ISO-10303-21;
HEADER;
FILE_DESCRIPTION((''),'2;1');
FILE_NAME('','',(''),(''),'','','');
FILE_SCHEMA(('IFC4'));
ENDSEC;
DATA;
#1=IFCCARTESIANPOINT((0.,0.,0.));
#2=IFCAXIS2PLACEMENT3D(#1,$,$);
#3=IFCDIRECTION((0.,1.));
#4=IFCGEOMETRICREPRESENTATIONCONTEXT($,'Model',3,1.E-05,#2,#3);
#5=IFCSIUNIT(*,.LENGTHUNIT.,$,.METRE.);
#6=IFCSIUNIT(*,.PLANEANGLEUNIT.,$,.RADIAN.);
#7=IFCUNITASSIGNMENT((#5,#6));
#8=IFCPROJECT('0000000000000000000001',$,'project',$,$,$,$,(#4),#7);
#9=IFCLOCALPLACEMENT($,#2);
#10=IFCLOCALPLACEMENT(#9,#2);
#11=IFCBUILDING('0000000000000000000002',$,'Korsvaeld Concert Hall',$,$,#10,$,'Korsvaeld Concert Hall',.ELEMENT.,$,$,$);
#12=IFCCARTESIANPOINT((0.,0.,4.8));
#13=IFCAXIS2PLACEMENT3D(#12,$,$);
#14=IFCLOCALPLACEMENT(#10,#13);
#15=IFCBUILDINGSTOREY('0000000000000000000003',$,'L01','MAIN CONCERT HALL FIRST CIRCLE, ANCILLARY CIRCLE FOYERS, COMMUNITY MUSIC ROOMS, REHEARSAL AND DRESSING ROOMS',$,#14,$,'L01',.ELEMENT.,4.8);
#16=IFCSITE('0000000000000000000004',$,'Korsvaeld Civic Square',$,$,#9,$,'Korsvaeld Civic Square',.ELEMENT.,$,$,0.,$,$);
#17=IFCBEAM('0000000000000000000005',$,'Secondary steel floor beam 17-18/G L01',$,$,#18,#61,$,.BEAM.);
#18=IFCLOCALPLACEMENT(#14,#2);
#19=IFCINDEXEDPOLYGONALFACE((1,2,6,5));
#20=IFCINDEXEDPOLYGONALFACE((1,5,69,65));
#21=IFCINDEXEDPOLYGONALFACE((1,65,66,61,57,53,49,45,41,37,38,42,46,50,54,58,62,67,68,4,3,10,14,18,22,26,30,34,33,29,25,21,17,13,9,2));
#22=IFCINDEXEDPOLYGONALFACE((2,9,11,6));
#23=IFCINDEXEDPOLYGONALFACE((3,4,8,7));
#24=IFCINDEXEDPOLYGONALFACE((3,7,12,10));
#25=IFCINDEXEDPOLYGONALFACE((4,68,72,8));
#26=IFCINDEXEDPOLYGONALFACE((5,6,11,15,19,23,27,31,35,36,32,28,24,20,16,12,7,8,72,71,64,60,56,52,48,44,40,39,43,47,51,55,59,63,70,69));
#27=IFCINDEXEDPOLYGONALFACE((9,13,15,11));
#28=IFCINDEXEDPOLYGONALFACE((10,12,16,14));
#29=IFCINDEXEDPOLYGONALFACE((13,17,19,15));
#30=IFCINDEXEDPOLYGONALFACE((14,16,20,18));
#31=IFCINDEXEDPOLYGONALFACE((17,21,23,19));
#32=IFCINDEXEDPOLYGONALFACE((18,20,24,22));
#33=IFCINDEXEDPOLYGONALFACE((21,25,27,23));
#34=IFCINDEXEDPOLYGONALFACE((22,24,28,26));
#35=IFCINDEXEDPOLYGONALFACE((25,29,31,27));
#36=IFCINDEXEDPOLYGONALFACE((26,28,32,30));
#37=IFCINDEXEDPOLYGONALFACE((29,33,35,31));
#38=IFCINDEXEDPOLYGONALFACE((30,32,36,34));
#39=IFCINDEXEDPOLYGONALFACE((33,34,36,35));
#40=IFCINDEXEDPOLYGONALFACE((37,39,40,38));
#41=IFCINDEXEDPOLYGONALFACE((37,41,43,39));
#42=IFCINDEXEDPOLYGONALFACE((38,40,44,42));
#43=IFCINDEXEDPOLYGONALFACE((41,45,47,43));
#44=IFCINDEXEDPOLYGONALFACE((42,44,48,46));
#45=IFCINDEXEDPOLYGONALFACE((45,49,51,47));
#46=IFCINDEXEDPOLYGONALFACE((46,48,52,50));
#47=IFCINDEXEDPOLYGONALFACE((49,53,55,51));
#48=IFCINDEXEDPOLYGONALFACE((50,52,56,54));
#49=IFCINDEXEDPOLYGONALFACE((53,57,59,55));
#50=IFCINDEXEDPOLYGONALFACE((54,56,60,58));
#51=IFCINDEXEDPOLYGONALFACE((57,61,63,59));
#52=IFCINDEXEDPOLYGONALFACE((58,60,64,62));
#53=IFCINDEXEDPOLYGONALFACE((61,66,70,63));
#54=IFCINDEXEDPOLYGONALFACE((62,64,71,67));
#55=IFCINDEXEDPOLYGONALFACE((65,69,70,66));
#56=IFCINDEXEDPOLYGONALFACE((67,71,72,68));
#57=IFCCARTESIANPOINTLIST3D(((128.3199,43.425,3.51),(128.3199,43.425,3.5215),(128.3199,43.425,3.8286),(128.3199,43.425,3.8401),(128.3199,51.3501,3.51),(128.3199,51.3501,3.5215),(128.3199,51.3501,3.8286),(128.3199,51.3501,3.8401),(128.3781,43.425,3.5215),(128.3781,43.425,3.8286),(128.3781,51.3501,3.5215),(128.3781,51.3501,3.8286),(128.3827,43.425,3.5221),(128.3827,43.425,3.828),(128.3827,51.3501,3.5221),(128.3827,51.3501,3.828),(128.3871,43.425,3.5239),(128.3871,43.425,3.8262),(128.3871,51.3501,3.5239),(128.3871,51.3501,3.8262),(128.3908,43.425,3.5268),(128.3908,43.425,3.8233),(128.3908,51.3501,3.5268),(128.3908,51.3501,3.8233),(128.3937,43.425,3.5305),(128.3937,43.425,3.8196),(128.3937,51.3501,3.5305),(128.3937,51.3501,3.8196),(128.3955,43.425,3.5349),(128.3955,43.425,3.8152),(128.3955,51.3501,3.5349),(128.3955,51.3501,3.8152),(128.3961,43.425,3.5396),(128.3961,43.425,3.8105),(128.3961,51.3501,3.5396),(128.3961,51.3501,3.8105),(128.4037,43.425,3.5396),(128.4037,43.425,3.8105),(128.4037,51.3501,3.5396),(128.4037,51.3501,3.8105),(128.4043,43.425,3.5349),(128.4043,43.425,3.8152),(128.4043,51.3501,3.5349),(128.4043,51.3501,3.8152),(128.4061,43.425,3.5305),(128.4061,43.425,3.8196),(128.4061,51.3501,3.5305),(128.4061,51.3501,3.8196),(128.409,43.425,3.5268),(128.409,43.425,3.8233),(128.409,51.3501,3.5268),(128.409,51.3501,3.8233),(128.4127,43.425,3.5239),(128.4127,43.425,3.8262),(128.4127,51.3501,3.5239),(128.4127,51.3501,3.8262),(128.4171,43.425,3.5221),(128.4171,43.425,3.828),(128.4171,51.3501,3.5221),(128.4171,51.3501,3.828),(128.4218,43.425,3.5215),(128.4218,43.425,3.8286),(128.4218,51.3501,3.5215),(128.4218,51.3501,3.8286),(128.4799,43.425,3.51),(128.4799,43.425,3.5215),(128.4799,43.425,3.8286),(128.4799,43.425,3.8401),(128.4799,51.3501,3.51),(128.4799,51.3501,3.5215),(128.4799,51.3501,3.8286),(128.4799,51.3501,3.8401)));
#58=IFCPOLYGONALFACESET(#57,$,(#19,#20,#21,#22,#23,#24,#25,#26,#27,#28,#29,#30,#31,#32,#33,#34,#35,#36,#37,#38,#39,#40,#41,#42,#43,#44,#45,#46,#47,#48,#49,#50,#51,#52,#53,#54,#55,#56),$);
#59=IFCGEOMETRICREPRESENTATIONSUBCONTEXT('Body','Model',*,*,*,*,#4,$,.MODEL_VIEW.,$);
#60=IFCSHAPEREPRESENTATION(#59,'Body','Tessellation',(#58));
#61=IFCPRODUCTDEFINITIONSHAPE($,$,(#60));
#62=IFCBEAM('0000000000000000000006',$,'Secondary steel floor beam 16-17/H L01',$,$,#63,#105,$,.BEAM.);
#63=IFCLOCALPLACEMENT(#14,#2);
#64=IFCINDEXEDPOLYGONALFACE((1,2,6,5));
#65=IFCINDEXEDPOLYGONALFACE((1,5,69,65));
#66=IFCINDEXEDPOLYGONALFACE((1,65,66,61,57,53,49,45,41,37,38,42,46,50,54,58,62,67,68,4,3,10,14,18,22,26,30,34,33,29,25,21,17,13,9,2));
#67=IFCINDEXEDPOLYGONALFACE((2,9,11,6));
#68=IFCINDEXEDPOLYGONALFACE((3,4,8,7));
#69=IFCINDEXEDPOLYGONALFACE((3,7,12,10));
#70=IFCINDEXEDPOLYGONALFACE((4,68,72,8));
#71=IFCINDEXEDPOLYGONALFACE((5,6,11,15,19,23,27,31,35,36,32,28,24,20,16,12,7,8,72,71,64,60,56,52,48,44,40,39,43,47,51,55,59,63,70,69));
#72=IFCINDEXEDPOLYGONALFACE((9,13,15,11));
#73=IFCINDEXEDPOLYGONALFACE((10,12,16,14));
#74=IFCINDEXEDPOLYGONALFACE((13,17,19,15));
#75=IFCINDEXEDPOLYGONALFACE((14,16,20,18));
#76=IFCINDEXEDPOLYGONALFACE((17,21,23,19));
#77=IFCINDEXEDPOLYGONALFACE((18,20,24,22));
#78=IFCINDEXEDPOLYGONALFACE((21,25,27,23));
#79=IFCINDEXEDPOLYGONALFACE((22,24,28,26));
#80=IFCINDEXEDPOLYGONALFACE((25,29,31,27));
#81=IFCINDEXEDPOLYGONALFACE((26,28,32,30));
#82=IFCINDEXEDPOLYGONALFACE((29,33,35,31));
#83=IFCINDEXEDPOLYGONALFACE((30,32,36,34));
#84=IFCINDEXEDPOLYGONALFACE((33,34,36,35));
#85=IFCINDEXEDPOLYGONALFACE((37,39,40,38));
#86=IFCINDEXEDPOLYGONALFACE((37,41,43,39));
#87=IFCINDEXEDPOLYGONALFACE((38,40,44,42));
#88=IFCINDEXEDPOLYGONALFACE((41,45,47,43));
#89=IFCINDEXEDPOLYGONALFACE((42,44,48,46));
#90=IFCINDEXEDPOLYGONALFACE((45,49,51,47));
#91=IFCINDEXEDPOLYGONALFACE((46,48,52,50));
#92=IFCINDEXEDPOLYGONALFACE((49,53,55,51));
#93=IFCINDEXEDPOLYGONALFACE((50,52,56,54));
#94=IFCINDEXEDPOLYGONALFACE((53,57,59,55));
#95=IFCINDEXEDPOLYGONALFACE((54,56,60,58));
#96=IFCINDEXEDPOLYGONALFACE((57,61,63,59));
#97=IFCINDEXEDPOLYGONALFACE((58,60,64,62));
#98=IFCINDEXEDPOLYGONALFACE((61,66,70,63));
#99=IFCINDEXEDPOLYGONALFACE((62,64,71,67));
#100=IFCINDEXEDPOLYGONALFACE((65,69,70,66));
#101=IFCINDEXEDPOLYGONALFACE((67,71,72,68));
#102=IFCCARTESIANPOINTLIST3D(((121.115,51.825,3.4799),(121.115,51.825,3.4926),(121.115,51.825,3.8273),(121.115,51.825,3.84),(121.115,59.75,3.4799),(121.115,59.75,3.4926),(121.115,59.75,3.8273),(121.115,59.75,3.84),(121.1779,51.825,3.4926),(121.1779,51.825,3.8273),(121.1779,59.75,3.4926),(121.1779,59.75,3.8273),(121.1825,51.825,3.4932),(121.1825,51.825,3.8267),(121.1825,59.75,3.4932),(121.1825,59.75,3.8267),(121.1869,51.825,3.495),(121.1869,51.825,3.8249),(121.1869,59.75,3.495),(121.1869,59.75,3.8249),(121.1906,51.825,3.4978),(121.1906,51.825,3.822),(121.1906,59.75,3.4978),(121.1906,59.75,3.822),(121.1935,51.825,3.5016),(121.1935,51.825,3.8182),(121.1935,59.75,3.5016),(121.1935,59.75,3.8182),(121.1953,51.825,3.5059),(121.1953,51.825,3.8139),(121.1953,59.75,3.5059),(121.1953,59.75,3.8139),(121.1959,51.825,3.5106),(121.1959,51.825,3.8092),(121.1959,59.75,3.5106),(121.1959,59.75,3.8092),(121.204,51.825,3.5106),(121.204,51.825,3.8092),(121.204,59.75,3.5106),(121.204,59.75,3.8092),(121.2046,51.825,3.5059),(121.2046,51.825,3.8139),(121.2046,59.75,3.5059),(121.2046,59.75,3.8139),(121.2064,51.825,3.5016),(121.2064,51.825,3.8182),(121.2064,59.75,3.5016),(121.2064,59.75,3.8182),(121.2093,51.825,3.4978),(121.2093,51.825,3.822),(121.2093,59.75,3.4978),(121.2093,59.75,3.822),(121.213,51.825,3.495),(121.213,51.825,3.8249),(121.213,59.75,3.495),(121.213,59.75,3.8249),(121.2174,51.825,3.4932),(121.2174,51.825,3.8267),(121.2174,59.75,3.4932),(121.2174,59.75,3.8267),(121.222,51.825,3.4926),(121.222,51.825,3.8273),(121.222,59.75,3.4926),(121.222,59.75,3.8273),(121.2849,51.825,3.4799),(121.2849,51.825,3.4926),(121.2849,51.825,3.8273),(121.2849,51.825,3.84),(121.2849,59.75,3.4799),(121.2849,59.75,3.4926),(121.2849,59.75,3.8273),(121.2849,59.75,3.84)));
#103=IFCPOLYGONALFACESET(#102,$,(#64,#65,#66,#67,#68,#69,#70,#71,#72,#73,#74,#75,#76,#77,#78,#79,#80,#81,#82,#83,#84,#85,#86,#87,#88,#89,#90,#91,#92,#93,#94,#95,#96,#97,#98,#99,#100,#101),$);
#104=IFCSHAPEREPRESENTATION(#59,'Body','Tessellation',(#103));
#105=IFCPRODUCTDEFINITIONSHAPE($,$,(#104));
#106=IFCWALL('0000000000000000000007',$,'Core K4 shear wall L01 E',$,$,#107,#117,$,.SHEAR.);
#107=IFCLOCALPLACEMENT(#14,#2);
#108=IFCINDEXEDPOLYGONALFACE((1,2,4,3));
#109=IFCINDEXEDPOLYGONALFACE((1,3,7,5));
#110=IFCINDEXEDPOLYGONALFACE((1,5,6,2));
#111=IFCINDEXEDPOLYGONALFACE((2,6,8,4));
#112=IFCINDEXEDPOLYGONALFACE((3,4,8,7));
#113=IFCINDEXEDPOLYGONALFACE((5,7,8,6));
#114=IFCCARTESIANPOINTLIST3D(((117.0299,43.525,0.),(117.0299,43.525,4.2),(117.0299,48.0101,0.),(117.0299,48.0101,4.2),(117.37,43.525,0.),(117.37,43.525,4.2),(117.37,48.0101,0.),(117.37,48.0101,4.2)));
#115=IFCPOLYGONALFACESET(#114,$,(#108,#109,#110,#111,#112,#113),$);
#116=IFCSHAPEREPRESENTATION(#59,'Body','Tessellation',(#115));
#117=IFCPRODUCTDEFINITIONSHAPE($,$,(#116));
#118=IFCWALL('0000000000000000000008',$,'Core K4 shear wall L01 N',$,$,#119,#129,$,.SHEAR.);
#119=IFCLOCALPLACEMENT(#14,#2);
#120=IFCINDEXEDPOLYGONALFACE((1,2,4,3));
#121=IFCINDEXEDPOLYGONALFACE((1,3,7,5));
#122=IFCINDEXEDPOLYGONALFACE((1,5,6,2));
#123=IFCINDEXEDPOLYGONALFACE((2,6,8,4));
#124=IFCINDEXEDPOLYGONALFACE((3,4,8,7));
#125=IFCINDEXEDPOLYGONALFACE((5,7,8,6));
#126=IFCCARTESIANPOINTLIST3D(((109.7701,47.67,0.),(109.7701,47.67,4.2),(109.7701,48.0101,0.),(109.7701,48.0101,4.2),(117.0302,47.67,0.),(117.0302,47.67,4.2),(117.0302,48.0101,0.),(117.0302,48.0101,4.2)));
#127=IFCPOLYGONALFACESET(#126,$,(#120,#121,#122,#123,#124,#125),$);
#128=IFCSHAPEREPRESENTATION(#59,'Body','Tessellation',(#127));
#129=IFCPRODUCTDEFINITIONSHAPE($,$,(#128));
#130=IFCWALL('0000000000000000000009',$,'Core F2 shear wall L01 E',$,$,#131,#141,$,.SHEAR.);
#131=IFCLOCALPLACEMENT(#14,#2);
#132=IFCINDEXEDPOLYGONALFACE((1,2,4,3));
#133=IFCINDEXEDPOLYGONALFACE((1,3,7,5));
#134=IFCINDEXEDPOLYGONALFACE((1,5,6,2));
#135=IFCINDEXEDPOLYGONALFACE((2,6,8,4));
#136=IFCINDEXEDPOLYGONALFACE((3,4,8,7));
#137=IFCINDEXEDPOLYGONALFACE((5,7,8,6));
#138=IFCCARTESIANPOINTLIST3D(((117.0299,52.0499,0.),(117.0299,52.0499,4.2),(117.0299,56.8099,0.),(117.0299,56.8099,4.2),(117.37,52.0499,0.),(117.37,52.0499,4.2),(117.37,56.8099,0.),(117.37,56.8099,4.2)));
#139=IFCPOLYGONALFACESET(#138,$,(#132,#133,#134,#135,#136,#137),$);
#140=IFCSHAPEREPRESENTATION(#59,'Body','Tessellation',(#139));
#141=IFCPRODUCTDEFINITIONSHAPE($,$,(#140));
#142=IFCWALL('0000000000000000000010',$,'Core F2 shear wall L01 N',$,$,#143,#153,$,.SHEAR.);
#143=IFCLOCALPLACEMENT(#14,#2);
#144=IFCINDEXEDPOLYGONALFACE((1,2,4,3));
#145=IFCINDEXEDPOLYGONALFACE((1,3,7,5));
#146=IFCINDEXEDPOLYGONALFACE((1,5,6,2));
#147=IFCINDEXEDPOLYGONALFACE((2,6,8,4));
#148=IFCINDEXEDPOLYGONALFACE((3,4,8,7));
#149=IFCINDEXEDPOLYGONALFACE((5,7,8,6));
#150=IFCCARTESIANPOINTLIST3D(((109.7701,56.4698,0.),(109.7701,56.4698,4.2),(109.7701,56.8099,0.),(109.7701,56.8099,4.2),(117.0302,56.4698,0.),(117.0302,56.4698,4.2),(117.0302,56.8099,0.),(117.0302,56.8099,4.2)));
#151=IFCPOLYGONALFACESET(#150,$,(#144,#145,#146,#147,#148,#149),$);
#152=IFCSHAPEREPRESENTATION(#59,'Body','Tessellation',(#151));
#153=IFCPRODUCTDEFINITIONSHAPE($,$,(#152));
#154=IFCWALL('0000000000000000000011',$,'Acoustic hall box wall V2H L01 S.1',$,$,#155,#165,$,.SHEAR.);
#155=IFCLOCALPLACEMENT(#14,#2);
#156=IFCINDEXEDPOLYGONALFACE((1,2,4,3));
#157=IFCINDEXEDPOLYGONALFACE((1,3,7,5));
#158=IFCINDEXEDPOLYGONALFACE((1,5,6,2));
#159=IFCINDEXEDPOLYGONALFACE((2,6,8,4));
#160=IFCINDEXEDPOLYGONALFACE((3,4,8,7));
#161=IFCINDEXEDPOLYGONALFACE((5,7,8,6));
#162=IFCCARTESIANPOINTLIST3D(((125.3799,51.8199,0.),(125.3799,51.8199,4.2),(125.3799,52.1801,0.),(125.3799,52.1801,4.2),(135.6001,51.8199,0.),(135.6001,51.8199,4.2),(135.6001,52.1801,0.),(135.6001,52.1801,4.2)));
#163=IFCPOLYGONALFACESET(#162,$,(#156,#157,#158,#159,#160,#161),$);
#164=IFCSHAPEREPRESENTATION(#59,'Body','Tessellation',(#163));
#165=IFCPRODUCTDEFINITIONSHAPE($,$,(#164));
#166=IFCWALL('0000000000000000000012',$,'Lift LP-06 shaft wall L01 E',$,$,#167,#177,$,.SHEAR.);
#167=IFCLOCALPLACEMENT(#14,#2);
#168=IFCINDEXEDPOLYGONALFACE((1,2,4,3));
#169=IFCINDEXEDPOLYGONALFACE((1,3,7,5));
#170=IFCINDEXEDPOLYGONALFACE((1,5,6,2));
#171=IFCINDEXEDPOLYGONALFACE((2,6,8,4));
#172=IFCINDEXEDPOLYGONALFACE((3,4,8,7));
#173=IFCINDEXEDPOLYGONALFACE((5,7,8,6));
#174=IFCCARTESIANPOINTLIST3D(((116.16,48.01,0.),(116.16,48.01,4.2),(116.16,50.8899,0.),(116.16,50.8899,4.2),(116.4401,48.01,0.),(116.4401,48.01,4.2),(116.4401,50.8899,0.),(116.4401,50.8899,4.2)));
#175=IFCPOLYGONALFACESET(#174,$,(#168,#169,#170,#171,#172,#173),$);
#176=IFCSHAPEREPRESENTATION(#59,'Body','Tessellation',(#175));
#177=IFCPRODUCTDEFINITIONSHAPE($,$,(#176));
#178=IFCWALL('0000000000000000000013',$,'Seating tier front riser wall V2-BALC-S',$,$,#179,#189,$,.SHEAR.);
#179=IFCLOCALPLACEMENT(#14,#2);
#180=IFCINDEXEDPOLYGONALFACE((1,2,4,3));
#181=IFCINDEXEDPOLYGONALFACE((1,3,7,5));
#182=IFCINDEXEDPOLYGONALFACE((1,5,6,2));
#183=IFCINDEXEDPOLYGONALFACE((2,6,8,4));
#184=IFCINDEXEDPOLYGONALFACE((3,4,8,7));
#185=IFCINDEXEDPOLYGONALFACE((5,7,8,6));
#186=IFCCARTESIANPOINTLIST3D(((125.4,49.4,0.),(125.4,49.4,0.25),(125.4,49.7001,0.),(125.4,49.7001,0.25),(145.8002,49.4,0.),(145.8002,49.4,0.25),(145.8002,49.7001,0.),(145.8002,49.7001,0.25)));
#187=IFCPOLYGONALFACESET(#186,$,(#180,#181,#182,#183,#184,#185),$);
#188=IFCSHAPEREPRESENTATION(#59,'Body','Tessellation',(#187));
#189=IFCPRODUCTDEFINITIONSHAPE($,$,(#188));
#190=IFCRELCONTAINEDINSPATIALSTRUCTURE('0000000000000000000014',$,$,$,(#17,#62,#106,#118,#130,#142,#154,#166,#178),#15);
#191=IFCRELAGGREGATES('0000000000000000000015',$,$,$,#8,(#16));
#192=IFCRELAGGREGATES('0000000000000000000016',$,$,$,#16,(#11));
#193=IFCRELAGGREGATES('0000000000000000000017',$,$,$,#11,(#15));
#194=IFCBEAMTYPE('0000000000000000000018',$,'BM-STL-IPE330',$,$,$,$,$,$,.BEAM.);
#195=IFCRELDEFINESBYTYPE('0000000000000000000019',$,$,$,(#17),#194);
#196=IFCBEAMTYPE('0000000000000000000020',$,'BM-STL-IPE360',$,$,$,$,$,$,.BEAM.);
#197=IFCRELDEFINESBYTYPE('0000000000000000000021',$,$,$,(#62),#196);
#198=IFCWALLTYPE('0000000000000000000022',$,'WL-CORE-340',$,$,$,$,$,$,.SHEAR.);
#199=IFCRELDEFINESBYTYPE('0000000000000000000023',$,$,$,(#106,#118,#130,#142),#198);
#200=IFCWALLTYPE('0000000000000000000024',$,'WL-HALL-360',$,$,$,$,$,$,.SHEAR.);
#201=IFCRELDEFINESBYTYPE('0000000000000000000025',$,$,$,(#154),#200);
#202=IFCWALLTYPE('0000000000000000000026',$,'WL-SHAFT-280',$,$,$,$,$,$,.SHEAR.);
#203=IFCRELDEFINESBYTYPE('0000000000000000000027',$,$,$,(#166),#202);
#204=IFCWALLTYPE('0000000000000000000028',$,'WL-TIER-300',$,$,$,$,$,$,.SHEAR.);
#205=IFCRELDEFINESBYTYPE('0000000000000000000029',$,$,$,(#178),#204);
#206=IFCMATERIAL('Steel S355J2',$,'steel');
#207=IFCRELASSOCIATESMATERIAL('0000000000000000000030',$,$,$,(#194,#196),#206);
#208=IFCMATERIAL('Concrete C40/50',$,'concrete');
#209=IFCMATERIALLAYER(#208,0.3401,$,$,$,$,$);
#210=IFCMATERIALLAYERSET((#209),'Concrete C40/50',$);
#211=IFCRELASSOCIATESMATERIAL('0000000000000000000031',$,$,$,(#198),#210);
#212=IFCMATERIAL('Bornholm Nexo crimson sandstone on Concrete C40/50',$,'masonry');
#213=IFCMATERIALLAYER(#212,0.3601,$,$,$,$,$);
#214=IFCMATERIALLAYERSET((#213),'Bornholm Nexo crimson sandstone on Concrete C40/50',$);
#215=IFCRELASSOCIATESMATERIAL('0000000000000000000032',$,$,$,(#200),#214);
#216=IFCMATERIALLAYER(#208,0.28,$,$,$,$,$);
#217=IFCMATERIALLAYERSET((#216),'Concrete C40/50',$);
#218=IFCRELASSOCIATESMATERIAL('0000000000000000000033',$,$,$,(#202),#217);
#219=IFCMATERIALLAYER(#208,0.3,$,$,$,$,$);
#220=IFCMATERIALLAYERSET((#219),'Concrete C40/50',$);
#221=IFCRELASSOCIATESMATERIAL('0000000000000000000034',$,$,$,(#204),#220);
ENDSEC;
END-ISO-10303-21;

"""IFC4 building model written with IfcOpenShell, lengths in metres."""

from ifc_helpers import new_model, si_unit, direction, frame, frame_2d, origin, origin_2d, place, context, subcontext, project, spatial, rectangle, i_section, extrude, material, layer, layer_set, material_profile, profile_set, type_object, element, save


model = new_model("IFC4")

# Units and contexts
model_context = context("Model", 3, precision=1e-05, world=origin(), true_north=direction((0.0, 1.0)))
body_context = subcontext(model_context, "Body", "Model", "MODEL_VIEW")
ifc_project = project(units=[si_unit("LENGTHUNIT", "METRE"), si_unit("PLANEANGLEUNIT", "RADIAN")], contexts=[model_context])

# Site, building, storey
site_placement = place(None, origin())
site = spatial("IfcSite", under=ifc_project, at=site_placement, Name="Korsvaeld Civic Square", LongName="Korsvaeld Civic Square", CompositionType="ELEMENT", RefElevation=0.0)
building_placement = place(site_placement, origin())
building = spatial("IfcBuilding", under=site, at=building_placement, Name="Korsvaeld Concert Hall", LongName="Korsvaeld Concert Hall", CompositionType="ELEMENT")
storey_placement = place(building_placement, frame((0.0, 0.0, 4.8)))
storey = spatial("IfcBuildingStorey", under=building, at=storey_placement, Name="L01", Description="MAIN CONCERT HALL FIRST CIRCLE, ANCILLARY CIRCLE FOYERS, COMMUNITY MUSIC ROOMS, REHEARSAL AND DRESSING ROOMS", LongName="L01", CompositionType="ELEMENT", Elevation=4.8)

# Shared definitions
ifc_material_1 = material(Name="Concrete C40/50", Category="concrete")

# Beams
ifc_material_2 = material(Name="Steel S355J2", Category="steel")
ifc_material_profile_1 = material_profile(ifc_material_2, i_section(OverallWidth=0.1599, OverallDepth=0.3301, WebThickness=0.0076, FlangeThickness=0.0115, FilletRadius=0.0181, at=origin_2d()), Name="IPE 330")
ifc_profile_set_1 = profile_set([ifc_material_profile_1], Name="Steel S355J2")
beam_type_1 = type_object("IfcBeamType", Name="BM-STL-IPE330", PredefinedType="BEAM", material=ifc_profile_set_1)
beam_1_placement = place(storey_placement, frame((128.3999, 43.425, 3.675), z_axis=(0.0, 1.0, 0.0), x_axis=(-1.0, 0.0, 0.0)))
element("IfcBeam", 1, at=beam_1_placement, inside=storey, type_object=beam_type_1, Name="Secondary steel floor beam 17-18/G L01", PredefinedType="BEAM", context=body_context, shape_type="SweptSolid", body=[
    extrude(i_section(OverallWidth=0.1599, OverallDepth=0.3301, WebThickness=0.0076, FlangeThickness=0.0115, FilletRadius=0.0181, at=origin_2d()), origin(), (0.0, 0.0, 1.0), 7.925),
])
ifc_material_profile_2 = material_profile(ifc_material_2, i_section(OverallWidth=0.1699, OverallDepth=0.3601, WebThickness=0.0081, FlangeThickness=0.0127, FilletRadius=0.0181, at=origin_2d()), Name="IPE 360")
ifc_profile_set_2 = profile_set([ifc_material_profile_2], Name="Steel S355J2")
beam_type_2 = type_object("IfcBeamType", Name="BM-STL-IPE360", PredefinedType="BEAM", material=ifc_profile_set_2)
beam_2_placement = place(storey_placement, frame((121.2, 51.825, 3.6599), z_axis=(0.0, 1.0, 0.0), x_axis=(-1.0, 0.0, 0.0)))
element("IfcBeam", 2, at=beam_2_placement, inside=storey, type_object=beam_type_2, Name="Secondary steel floor beam 16-17/H L01", PredefinedType="BEAM", context=body_context, shape_type="SweptSolid", body=[
    extrude(i_section(OverallWidth=0.1699, OverallDepth=0.3601, WebThickness=0.0081, FlangeThickness=0.0127, FilletRadius=0.0181, at=origin_2d()), origin(), (0.0, 0.0, 1.0), 7.925),
])

# Walls
ifc_layer_1 = layer(ifc_material_1, 0.3401)
ifc_layer_set_1 = layer_set([ifc_layer_1], Name="Concrete C40/50")
wall_type_1 = type_object("IfcWallType", Name="WL-CORE-340", PredefinedType="SHEAR", material=ifc_layer_set_1)
wall_1_placement = place(storey_placement, frame((117.2, 43.5249, 0.0), z_axis=(0.0, 0.0, 1.0), x_axis=(0.0, 1.0, 0.0)))
element("IfcWall", 3, at=wall_1_placement, inside=storey, type_object=wall_type_1, Name="Core K4 shear wall L01 E", PredefinedType="SHEAR", context=body_context, shape_type="SweptSolid", body=[
    extrude(rectangle(XDim=4.4851, YDim=0.3401, at=frame_2d((2.2427, 0.0))), origin(), (0.0, 0.0, 1.0), 4.2),
])
wall_2_placement = place(storey_placement, frame((117.03, 47.8401, 0.0), z_axis=(0.0, 0.0, 1.0), x_axis=(-1.0, 0.0, 0.0)))
element("IfcWall", 4, at=wall_2_placement, inside=storey, type_object=wall_type_1, Name="Core K4 shear wall L01 N", PredefinedType="SHEAR", context=body_context, shape_type="SweptSolid", body=[
    extrude(rectangle(XDim=7.26, YDim=0.3401, at=frame_2d((3.6299, 0.0))), origin(), (0.0, 0.0, 1.0), 4.2),
])
wall_3_placement = place(storey_placement, frame((117.2, 52.05, 0.0), z_axis=(0.0, 0.0, 1.0), x_axis=(0.0, 1.0, 0.0)))
element("IfcWall", 5, at=wall_3_placement, inside=storey, type_object=wall_type_1, Name="Core F2 shear wall L01 E", PredefinedType="SHEAR", context=body_context, shape_type="SweptSolid", body=[
    extrude(rectangle(XDim=4.76, YDim=0.3401, at=frame_2d((2.3799, 0.0))), origin(), (0.0, 0.0, 1.0), 4.2),
])
wall_4_placement = place(storey_placement, frame((117.03, 56.6399, 0.0), z_axis=(0.0, 0.0, 1.0), x_axis=(-1.0, 0.0, 0.0)))
element("IfcWall", 6, at=wall_4_placement, inside=storey, type_object=wall_type_1, Name="Core F2 shear wall L01 N", PredefinedType="SHEAR", context=body_context, shape_type="SweptSolid", body=[
    extrude(rectangle(XDim=7.26, YDim=0.3401, at=frame_2d((3.6299, 0.0))), origin(), (0.0, 0.0, 1.0), 4.2),
])
ifc_material_3 = material(Name="Bornholm Nexo crimson sandstone on Concrete C40/50", Category="masonry")
ifc_layer_2 = layer(ifc_material_3, 0.3601)
ifc_layer_set_2 = layer_set([ifc_layer_2], Name="Bornholm Nexo crimson sandstone on Concrete C40/50")
wall_type_2 = type_object("IfcWallType", Name="WL-HALL-360", PredefinedType="SHEAR", material=ifc_layer_set_2)
wall_5_placement = place(storey_placement, frame((125.3799, 52.0, 0.0), z_axis=(0.0, 0.0, 1.0), x_axis=(1.0, 0.0, 0.0)))
element("IfcWall", 7, at=wall_5_placement, inside=storey, type_object=wall_type_2, Name="Acoustic hall box wall V2H L01 S.1", PredefinedType="SHEAR", context=body_context, shape_type="SweptSolid", body=[
    extrude(rectangle(XDim=10.2202, YDim=0.3601, at=frame_2d((5.1101, 0.0))), origin(), (0.0, 0.0, 1.0), 4.2),
])
ifc_layer_3 = layer(ifc_material_1, 0.28)
ifc_layer_set_3 = layer_set([ifc_layer_3], Name="Concrete C40/50")
wall_type_3 = type_object("IfcWallType", Name="WL-SHAFT-280", PredefinedType="SHEAR", material=ifc_layer_set_3)
wall_6_placement = place(storey_placement, frame((116.3, 48.01, 0.0), z_axis=(0.0, 0.0, 1.0), x_axis=(0.0, 1.0, 0.0)))
element("IfcWall", 8, at=wall_6_placement, inside=storey, type_object=wall_type_3, Name="Lift LP-06 shaft wall L01 E", PredefinedType="SHEAR", context=body_context, shape_type="SweptSolid", body=[
    extrude(rectangle(XDim=2.8799, YDim=0.28, at=frame_2d((1.4399, 0.0))), origin(), (0.0, 0.0, 1.0), 4.2),
])

# Wall
ifc_layer_4 = layer(ifc_material_1, 0.3)
ifc_layer_set_4 = layer_set([ifc_layer_4], Name="Concrete C40/50")
wall_type_4 = type_object("IfcWallType", Name="WL-TIER-300", PredefinedType="SHEAR", material=ifc_layer_set_4)
wall_7_placement = place(storey_placement, frame((125.3999, 49.55, 0.0), z_axis=(0.0, 0.0, 1.0), x_axis=(1.0, 0.0, 0.0)))
element("IfcWall", 9, at=wall_7_placement, inside=storey, type_object=wall_type_4, Name="Seating tier front riser wall V2-BALC-S", PredefinedType="SHEAR", context=body_context, shape_type="SweptSolid", body=[
    extrude(rectangle(XDim=20.4001, YDim=0.3, at=frame_2d((10.2002, 0.0))), origin(), (0.0, 0.0, 1.0), 0.25),
])

save(model, "model.ifc")
